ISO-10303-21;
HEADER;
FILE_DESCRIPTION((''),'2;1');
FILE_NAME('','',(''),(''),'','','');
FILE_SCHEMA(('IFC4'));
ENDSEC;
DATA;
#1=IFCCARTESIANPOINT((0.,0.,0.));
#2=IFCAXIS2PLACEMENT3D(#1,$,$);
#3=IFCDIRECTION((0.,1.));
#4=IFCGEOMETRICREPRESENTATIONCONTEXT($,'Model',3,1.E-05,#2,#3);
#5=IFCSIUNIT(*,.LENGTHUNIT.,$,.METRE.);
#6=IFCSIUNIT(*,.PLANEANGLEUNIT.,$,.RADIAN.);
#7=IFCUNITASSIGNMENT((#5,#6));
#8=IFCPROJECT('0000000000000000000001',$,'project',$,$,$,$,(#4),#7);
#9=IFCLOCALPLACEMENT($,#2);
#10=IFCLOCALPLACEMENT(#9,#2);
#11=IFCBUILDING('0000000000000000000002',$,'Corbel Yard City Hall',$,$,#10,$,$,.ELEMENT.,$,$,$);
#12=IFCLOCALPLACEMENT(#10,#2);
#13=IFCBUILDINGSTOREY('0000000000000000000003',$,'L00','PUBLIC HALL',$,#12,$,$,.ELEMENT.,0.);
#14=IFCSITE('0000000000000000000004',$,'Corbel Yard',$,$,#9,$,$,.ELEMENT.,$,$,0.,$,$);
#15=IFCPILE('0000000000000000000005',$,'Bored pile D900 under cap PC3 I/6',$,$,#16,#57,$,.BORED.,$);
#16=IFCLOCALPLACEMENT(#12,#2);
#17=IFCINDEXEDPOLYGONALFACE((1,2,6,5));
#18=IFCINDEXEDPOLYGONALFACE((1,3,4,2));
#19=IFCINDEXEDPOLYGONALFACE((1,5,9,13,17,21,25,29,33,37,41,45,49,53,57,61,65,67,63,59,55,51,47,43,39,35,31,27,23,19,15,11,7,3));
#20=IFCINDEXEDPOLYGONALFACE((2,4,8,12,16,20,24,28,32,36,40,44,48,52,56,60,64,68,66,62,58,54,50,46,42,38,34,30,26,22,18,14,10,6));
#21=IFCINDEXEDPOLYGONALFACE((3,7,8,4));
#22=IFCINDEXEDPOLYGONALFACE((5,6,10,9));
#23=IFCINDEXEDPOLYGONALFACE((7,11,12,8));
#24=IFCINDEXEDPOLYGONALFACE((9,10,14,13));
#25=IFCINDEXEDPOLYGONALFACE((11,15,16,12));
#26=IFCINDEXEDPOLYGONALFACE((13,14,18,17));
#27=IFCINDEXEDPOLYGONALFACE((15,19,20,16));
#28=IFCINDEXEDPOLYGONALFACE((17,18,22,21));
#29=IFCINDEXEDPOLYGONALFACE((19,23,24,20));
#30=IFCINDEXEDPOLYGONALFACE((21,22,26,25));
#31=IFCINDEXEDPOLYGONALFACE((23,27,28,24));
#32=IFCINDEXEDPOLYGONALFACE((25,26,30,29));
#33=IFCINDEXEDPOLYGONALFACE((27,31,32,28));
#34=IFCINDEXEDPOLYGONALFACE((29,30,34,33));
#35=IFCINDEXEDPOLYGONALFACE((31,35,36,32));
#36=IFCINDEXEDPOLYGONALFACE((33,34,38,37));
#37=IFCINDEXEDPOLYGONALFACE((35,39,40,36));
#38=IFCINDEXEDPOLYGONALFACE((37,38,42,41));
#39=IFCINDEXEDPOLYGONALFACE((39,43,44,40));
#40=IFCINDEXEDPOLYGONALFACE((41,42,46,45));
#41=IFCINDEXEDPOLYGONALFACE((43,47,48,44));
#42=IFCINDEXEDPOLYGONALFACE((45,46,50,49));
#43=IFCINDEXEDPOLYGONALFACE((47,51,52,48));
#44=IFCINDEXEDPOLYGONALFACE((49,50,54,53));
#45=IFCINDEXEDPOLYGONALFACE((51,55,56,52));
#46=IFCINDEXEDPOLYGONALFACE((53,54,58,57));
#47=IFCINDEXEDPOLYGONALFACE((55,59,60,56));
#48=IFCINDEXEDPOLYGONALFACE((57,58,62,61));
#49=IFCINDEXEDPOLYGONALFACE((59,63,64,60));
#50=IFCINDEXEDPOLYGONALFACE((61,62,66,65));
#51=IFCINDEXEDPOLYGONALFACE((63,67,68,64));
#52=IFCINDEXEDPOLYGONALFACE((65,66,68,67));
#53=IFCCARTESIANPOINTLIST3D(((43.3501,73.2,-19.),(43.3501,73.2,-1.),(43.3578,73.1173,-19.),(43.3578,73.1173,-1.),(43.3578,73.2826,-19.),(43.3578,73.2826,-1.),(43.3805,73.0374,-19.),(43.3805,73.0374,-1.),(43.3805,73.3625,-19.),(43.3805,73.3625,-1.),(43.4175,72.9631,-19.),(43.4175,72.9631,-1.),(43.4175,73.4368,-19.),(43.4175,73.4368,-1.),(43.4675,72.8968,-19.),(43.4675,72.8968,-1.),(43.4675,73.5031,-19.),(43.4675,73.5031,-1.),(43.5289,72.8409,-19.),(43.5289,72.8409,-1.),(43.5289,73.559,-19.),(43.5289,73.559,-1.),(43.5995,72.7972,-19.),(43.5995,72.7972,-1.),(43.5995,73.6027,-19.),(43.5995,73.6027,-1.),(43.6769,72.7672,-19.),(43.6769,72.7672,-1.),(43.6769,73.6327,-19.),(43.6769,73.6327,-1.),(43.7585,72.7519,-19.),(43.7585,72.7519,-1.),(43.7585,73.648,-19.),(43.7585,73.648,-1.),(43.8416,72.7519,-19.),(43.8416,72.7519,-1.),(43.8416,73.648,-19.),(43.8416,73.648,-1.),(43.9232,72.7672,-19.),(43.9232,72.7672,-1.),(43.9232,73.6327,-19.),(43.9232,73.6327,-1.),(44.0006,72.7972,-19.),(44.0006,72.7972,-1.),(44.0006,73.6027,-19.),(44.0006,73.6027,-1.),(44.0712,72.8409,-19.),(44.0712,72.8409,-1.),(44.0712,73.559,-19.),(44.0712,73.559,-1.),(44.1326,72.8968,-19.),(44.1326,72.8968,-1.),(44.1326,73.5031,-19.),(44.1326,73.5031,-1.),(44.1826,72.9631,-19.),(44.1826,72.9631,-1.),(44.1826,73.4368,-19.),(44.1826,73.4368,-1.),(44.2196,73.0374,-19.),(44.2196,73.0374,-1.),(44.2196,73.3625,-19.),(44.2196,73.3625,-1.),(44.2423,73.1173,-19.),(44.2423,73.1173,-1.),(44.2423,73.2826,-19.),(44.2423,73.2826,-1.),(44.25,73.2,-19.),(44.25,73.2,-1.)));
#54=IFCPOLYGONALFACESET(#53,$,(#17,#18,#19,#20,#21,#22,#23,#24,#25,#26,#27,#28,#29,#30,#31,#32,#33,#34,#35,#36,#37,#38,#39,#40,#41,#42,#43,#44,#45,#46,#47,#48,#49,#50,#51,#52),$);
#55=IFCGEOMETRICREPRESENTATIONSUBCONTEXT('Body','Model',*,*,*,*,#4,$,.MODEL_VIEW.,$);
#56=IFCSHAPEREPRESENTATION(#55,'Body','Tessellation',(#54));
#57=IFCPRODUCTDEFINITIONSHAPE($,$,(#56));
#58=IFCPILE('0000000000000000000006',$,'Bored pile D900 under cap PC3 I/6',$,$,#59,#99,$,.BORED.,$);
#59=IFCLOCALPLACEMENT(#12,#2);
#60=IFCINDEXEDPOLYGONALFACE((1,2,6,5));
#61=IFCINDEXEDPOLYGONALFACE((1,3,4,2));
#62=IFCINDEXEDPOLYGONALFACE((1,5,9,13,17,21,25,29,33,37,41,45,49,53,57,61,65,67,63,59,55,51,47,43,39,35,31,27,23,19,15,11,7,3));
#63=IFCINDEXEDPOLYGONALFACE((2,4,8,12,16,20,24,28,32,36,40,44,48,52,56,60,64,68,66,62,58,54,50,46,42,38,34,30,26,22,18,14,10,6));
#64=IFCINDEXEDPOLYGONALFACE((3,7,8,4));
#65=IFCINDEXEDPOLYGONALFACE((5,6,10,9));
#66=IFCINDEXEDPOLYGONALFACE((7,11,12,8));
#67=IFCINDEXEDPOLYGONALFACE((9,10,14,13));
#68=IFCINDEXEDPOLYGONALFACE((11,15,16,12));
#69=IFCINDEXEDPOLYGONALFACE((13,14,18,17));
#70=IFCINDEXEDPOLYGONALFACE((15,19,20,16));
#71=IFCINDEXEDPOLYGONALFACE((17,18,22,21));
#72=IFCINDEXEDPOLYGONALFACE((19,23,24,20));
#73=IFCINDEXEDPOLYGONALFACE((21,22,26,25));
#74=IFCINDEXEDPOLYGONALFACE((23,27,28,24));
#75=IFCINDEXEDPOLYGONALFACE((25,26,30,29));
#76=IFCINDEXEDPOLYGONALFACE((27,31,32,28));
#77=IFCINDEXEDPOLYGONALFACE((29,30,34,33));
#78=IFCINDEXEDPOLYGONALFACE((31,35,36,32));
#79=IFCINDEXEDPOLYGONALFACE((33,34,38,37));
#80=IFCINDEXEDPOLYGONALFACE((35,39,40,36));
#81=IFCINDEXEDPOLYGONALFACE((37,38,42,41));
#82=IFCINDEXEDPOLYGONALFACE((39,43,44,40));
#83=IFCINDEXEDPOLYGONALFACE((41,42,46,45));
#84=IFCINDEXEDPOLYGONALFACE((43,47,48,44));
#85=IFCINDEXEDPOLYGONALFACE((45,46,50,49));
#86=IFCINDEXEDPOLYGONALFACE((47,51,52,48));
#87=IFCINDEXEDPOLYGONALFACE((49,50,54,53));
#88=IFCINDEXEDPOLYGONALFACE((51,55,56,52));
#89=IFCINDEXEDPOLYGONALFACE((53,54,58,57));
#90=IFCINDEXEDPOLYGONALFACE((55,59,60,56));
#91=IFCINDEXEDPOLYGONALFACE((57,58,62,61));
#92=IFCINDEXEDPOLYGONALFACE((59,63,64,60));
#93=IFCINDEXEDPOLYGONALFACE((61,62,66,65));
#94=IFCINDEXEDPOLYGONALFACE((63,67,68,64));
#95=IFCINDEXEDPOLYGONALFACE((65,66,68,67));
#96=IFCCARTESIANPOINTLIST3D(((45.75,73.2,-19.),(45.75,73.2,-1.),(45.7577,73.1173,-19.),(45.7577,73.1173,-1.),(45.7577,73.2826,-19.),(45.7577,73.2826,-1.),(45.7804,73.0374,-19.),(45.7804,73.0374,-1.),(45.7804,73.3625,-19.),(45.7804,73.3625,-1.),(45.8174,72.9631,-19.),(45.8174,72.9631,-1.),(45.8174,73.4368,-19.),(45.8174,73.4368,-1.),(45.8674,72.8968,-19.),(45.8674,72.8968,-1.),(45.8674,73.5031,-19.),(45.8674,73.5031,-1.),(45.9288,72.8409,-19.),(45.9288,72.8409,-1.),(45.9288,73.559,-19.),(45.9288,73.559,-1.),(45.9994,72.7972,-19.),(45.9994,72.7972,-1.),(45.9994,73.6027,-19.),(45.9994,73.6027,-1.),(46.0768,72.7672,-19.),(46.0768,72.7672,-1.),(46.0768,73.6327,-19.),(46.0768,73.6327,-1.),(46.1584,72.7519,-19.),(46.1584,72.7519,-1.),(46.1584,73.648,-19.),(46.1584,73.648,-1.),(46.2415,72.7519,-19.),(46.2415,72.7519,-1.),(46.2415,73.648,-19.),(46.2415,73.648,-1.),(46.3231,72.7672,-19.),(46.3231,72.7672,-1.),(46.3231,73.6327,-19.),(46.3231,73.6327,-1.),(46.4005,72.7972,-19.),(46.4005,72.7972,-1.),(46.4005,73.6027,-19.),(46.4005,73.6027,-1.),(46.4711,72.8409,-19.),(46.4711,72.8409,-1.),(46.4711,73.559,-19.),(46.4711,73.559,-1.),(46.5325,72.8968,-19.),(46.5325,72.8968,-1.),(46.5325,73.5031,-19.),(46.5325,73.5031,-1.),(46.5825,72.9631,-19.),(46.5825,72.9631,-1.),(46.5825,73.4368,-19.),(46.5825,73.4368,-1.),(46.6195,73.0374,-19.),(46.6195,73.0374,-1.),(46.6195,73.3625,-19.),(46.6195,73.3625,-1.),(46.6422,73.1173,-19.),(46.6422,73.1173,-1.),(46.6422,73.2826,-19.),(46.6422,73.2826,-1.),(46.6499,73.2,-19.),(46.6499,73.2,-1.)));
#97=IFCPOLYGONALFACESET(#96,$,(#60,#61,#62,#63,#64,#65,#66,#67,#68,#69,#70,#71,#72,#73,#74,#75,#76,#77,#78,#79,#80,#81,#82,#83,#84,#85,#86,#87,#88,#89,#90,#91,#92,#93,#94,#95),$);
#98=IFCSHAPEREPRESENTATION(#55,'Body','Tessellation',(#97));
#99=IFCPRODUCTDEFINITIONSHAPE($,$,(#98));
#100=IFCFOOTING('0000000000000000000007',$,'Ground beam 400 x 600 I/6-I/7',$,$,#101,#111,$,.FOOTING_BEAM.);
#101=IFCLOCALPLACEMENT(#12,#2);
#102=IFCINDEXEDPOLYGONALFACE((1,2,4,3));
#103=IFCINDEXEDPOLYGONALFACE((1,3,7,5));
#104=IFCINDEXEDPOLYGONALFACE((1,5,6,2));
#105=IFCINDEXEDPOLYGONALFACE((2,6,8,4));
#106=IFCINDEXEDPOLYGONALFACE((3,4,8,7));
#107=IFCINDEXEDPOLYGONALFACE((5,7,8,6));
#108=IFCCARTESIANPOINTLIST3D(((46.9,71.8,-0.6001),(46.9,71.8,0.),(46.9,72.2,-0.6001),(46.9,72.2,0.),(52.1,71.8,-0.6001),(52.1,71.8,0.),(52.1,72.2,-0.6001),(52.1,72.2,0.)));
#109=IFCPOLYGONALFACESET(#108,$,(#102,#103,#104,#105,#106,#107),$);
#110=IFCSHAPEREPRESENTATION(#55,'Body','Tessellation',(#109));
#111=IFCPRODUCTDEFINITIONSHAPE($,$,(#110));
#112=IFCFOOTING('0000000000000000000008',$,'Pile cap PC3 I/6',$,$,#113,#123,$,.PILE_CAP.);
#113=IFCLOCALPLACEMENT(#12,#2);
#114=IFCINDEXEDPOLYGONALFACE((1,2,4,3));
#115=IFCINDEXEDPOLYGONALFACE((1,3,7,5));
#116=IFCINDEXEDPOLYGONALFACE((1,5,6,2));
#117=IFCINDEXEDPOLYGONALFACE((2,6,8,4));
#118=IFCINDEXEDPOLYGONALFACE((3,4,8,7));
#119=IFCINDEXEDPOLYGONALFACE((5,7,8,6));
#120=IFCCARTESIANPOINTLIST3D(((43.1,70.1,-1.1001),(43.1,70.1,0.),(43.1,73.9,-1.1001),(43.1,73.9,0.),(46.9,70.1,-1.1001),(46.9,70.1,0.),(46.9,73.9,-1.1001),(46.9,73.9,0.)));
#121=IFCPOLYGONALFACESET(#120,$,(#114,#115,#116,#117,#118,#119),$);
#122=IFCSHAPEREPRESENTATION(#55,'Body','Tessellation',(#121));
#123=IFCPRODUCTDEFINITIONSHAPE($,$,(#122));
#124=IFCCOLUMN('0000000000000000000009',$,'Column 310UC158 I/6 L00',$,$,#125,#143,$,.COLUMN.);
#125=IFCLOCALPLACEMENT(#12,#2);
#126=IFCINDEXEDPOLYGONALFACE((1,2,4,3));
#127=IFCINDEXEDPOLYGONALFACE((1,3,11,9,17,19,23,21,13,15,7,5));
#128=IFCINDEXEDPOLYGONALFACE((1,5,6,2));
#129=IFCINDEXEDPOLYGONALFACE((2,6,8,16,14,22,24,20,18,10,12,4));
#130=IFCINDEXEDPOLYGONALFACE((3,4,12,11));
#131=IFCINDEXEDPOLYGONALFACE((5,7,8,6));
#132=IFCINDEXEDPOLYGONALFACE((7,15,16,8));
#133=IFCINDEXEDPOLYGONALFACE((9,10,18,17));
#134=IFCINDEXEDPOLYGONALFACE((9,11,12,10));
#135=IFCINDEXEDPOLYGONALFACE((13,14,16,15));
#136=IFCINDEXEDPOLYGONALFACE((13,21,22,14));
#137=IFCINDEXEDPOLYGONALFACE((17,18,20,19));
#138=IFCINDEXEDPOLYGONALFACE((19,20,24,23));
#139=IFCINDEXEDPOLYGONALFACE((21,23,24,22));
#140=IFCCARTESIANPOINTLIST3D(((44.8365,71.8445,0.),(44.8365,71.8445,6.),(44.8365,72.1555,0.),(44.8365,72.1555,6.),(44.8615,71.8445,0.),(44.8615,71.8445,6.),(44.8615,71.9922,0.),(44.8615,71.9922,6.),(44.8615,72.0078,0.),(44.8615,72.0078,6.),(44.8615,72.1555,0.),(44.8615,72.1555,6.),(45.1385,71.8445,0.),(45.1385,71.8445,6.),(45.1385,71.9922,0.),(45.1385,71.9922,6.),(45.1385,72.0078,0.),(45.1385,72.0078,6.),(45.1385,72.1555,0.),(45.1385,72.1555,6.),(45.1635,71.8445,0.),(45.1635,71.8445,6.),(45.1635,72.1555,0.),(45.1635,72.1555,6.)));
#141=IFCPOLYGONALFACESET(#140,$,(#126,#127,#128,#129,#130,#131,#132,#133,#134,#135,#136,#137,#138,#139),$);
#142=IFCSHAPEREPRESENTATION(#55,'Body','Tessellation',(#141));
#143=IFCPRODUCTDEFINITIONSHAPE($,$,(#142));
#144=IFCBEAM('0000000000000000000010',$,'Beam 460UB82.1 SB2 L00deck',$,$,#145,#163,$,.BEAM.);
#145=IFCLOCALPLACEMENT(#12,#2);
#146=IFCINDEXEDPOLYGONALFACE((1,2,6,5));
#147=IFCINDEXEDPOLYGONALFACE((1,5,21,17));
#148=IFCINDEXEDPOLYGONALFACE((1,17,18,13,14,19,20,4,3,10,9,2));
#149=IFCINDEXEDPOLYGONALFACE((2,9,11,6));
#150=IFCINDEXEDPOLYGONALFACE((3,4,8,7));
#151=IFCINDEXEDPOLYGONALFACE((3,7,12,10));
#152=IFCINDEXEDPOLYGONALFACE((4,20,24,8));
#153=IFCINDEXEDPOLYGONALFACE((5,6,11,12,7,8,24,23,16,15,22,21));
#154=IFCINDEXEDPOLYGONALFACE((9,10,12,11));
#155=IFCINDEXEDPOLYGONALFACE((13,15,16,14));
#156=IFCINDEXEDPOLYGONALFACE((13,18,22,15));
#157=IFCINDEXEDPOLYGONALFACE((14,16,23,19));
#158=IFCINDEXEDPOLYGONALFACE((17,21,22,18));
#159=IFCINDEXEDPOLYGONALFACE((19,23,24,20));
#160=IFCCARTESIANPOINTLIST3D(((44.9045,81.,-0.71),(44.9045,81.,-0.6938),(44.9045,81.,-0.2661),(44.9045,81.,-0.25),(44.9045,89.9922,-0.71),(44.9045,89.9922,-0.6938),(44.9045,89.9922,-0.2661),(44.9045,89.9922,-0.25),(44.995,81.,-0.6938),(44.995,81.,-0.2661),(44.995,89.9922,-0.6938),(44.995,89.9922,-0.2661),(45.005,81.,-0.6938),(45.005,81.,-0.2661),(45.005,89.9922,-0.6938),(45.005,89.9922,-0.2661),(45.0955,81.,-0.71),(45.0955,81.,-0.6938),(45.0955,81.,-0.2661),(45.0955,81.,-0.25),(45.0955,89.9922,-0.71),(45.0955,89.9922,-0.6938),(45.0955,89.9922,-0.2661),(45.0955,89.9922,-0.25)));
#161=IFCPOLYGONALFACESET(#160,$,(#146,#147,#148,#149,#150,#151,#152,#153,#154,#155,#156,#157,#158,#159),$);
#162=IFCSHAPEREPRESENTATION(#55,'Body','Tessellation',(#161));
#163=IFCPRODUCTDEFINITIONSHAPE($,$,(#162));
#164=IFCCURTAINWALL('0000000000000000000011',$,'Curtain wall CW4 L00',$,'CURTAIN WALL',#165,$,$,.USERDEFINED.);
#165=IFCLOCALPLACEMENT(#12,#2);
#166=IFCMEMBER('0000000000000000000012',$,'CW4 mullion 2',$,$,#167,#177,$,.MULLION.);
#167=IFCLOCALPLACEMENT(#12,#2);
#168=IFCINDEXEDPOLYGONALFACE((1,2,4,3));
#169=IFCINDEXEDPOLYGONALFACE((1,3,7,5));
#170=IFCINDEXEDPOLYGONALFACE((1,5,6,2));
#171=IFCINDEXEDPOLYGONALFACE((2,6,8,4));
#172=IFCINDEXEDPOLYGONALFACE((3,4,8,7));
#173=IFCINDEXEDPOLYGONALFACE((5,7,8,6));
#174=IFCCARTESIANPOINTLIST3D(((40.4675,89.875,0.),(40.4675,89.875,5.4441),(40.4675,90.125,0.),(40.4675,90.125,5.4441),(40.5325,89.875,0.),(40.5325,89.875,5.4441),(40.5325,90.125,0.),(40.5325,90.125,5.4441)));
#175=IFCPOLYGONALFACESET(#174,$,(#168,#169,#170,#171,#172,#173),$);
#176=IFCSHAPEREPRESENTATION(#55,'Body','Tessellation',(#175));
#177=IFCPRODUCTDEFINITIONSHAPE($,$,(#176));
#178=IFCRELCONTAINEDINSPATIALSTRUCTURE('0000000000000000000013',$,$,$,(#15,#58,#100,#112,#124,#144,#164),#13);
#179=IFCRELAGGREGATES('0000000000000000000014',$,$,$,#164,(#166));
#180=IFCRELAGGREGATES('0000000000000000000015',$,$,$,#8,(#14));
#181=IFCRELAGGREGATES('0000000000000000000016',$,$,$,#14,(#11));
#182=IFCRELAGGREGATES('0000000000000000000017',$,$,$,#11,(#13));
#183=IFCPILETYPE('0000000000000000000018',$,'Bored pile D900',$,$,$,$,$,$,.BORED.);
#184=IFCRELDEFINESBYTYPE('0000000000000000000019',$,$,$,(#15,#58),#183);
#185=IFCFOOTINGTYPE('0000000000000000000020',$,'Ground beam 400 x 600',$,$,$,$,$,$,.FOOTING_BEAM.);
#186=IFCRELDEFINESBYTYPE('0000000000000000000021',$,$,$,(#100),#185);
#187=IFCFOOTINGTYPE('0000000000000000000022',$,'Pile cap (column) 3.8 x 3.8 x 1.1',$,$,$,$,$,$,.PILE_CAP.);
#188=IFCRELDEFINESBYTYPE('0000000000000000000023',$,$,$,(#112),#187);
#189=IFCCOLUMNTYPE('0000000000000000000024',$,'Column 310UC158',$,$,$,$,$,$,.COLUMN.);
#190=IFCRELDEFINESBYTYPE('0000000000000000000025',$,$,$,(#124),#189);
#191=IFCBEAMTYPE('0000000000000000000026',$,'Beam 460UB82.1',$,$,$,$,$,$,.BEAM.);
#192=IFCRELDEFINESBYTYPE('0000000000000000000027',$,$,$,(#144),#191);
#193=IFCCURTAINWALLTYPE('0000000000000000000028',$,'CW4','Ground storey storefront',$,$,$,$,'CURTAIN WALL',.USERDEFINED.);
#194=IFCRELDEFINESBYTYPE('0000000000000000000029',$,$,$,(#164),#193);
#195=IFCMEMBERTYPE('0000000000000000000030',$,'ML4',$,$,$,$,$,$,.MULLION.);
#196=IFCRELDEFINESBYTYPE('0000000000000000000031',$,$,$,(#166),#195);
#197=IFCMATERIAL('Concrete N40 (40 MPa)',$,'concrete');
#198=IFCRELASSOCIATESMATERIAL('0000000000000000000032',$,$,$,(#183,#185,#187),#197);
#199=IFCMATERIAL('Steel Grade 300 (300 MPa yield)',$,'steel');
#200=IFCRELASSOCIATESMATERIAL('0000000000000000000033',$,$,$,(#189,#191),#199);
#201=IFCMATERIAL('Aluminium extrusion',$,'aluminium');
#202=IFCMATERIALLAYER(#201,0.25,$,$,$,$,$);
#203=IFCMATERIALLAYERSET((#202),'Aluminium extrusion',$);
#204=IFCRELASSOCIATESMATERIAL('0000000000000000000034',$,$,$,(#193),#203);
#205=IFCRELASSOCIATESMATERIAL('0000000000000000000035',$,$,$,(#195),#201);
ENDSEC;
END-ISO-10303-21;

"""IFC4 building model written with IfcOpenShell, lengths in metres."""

from ifc_helpers import new_model, si_unit, direction, frame, origin, origin_2d, place, context, subcontext, project, spatial, rectangle, circle, i_section, extrude, material, layer, layer_set, material_profile, profile_set, type_object, element, aggregate, save


model = new_model("IFC4")

# Units and contexts
model_context = context("Model", 3, precision=1e-05, world=origin(), true_north=direction((0.0, 1.0)))
body_context = subcontext(model_context, "Body", "Model", "MODEL_VIEW")
ifc_project = project(units=[si_unit("LENGTHUNIT", "METRE"), si_unit("PLANEANGLEUNIT", "RADIAN")], contexts=[model_context])

# Site, building, storey
site_placement = place(None, origin())
site = spatial("IfcSite", under=ifc_project, at=site_placement, Name="Corbel Yard", CompositionType="ELEMENT", RefElevation=0.0)
building_placement = place(site_placement, origin())
building = spatial("IfcBuilding", under=site, at=building_placement, Name="Corbel Yard City Hall", CompositionType="ELEMENT")
storey_placement = place(building_placement, origin())
storey = spatial("IfcBuildingStorey", under=building, at=storey_placement, Name="L00", Description="PUBLIC HALL", CompositionType="ELEMENT", Elevation=0.0)

# Piles
ifc_material_1 = material(Name="Concrete N40 (40 MPa)", Category="concrete")
ifc_material_profile_1 = material_profile(ifc_material_1, circle(Radius=0.45, at=origin_2d()), Name="D900")
ifc_profile_set_1 = profile_set([ifc_material_profile_1], Name="Concrete N40 (40 MPa)")
pile_type = type_object("IfcPileType", Name="Bored pile D900", PredefinedType="BORED", material=ifc_profile_set_1)
for number, where, z_axis, x_axis, name in (
    (1, (43.8, 73.2, -1.0), (0.0, 0.0, -1.0), (1.0, 0.0, 0.0), "Bored pile D900 under cap PC3 I/6"),
    (2, (46.2, 73.2, -1.0), (0.0, 0.0, -1.0), (1.0, 0.0, 0.0), "Bored pile D900 under cap PC3 I/6"),
):
    element("IfcPile", number, at=place(storey_placement, frame(where, z_axis=z_axis, x_axis=x_axis)), inside=storey, type_object=pile_type, Name=name, PredefinedType="BORED", context=body_context, shape_type="SweptSolid", body=[
        extrude(circle(Radius=0.45, at=origin_2d()), origin(), (0.0, 0.0, 1.0), 18.0),
    ])

# Footings
footing_type_1 = type_object("IfcFootingType", Name="Ground beam 400 x 600", PredefinedType="FOOTING_BEAM", material=ifc_material_1)
footing_1_placement = place(storey_placement, frame((49.5, 72.0, -0.6001), z_axis=(0.0, 0.0, 1.0), x_axis=(1.0, 0.0, 0.0)))
element("IfcFooting", 3, at=footing_1_placement, inside=storey, type_object=footing_type_1, Name="Ground beam 400 x 600 I/6-I/7", PredefinedType="FOOTING_BEAM", context=body_context, shape_type="SweptSolid", body=[
    extrude(rectangle(XDim=5.2, YDim=0.3999, at=origin_2d()), origin(), (0.0, 0.0, 1.0), 0.6001),
])
footing_type_2 = type_object("IfcFootingType", Name="Pile cap (column) 3.8 x 3.8 x 1.1", PredefinedType="PILE_CAP", material=ifc_material_1)
footing_2_placement = place(storey_placement, frame((45.0, 72.0, -1.1001), z_axis=(0.0, 0.0, 1.0), x_axis=(1.0, 0.0, 0.0)))
element("IfcFooting", 4, at=footing_2_placement, inside=storey, type_object=footing_type_2, Name="Pile cap PC3 I/6", PredefinedType="PILE_CAP", context=body_context, shape_type="SweptSolid", body=[
    extrude(rectangle(XDim=3.8, YDim=3.8, at=origin_2d()), origin(), (0.0, 0.0, 1.0), 1.1001),
])

# Column
ifc_material_2 = material(Name="Steel Grade 300 (300 MPa yield)", Category="steel")
ifc_material_profile_2 = material_profile(ifc_material_2, i_section(OverallWidth=0.311, OverallDepth=0.3269, WebThickness=0.0156, FlangeThickness=0.0249, at=origin_2d()), Name="310UC158")
ifc_profile_set_2 = profile_set([ifc_material_profile_2], Name="Steel Grade 300 (300 MPa yield)")
column_type = type_object("IfcColumnType", Name="Column 310UC158", PredefinedType="COLUMN", material=ifc_profile_set_2)
column_placement = place(storey_placement, frame((45.0, 72.0, 0.0), z_axis=(0.0, 0.0, 1.0), x_axis=(0.0, 1.0, 0.0)))
element("IfcColumn", 5, at=column_placement, inside=storey, type_object=column_type, Name="Column 310UC158 I/6 L00", PredefinedType="COLUMN", context=body_context, shape_type="SweptSolid", body=[
    extrude(i_section(OverallWidth=0.311, OverallDepth=0.3269, WebThickness=0.0156, FlangeThickness=0.0249, at=origin_2d()), origin(), (0.0, 0.0, 1.0), 6.0),
])

# Beam
ifc_material_profile_3 = material_profile(ifc_material_2, i_section(OverallWidth=0.1909, OverallDepth=0.46, WebThickness=0.01, FlangeThickness=0.0161, at=origin_2d()), Name="460UB82.1")
ifc_profile_set_3 = profile_set([ifc_material_profile_3], Name="Steel Grade 300 (300 MPa yield)")
beam_type_1 = type_object("IfcBeamType", Name="Beam 460UB82.1", PredefinedType="BEAM", material=ifc_profile_set_3)
beam_placement = place(storey_placement, frame((45.0, 81.0, -0.48), z_axis=(0.0, 1.0, 0.0), x_axis=(-1.0, 0.0, 0.0)))
element("IfcBeam", 6, at=beam_placement, inside=storey, type_object=beam_type_1, Name="Beam 460UB82.1 SB2 L00deck", PredefinedType="BEAM", context=body_context, shape_type="SweptSolid", body=[
    extrude(i_section(OverallWidth=0.1909, OverallDepth=0.46, WebThickness=0.01, FlangeThickness=0.0161, at=origin_2d()), origin(), (0.0, 0.0, 1.0), 8.9922),
])

# Curtain wall, member
ifc_material_3 = material(Name="Aluminium extrusion", Category="aluminium")
ifc_layer_1 = layer(ifc_material_3, 0.25)
ifc_layer_set_1 = layer_set([ifc_layer_1], Name="Aluminium extrusion")
curtain_wall_type = type_object("IfcCurtainWallType", Name="CW4", Description="Ground storey storefront", ElementType="CURTAIN WALL", PredefinedType="USERDEFINED", material=ifc_layer_set_1)
curtain_wall_placement = place(storey_placement, origin())
curtain_wall = element("IfcCurtainWall", 7, at=curtain_wall_placement, inside=storey, type_object=curtain_wall_type, Name="Curtain wall CW4 L00", ObjectType="CURTAIN WALL", PredefinedType="USERDEFINED")
ifc_material_profile_4 = material_profile(ifc_material_3, rectangle(XDim=0.25, YDim=0.0649, at=origin_2d()), Name="250x65")
ifc_profile_set_4 = profile_set([ifc_material_profile_4], Name="Aluminium extrusion")
member_type_1 = type_object("IfcMemberType", Name="ML4", PredefinedType="MULLION", material=ifc_profile_set_4)
member_1_placement = place(storey_placement, frame((40.5, 90.0, 0.0), z_axis=(0.0, 0.0, 1.0), x_axis=(0.0, 1.0, 0.0)))
member_1 = element("IfcMember", 8, at=member_1_placement, type_object=member_type_1, Name="CW4 mullion 2", PredefinedType="MULLION", context=body_context, shape_type="SweptSolid", body=[
    extrude(rectangle(XDim=0.25, YDim=0.0649, at=origin_2d()), origin(), (0.0, 0.0, 1.0), 5.4441),
])

aggregate(curtain_wall, [member_1])

save(model, "model.ifc")
